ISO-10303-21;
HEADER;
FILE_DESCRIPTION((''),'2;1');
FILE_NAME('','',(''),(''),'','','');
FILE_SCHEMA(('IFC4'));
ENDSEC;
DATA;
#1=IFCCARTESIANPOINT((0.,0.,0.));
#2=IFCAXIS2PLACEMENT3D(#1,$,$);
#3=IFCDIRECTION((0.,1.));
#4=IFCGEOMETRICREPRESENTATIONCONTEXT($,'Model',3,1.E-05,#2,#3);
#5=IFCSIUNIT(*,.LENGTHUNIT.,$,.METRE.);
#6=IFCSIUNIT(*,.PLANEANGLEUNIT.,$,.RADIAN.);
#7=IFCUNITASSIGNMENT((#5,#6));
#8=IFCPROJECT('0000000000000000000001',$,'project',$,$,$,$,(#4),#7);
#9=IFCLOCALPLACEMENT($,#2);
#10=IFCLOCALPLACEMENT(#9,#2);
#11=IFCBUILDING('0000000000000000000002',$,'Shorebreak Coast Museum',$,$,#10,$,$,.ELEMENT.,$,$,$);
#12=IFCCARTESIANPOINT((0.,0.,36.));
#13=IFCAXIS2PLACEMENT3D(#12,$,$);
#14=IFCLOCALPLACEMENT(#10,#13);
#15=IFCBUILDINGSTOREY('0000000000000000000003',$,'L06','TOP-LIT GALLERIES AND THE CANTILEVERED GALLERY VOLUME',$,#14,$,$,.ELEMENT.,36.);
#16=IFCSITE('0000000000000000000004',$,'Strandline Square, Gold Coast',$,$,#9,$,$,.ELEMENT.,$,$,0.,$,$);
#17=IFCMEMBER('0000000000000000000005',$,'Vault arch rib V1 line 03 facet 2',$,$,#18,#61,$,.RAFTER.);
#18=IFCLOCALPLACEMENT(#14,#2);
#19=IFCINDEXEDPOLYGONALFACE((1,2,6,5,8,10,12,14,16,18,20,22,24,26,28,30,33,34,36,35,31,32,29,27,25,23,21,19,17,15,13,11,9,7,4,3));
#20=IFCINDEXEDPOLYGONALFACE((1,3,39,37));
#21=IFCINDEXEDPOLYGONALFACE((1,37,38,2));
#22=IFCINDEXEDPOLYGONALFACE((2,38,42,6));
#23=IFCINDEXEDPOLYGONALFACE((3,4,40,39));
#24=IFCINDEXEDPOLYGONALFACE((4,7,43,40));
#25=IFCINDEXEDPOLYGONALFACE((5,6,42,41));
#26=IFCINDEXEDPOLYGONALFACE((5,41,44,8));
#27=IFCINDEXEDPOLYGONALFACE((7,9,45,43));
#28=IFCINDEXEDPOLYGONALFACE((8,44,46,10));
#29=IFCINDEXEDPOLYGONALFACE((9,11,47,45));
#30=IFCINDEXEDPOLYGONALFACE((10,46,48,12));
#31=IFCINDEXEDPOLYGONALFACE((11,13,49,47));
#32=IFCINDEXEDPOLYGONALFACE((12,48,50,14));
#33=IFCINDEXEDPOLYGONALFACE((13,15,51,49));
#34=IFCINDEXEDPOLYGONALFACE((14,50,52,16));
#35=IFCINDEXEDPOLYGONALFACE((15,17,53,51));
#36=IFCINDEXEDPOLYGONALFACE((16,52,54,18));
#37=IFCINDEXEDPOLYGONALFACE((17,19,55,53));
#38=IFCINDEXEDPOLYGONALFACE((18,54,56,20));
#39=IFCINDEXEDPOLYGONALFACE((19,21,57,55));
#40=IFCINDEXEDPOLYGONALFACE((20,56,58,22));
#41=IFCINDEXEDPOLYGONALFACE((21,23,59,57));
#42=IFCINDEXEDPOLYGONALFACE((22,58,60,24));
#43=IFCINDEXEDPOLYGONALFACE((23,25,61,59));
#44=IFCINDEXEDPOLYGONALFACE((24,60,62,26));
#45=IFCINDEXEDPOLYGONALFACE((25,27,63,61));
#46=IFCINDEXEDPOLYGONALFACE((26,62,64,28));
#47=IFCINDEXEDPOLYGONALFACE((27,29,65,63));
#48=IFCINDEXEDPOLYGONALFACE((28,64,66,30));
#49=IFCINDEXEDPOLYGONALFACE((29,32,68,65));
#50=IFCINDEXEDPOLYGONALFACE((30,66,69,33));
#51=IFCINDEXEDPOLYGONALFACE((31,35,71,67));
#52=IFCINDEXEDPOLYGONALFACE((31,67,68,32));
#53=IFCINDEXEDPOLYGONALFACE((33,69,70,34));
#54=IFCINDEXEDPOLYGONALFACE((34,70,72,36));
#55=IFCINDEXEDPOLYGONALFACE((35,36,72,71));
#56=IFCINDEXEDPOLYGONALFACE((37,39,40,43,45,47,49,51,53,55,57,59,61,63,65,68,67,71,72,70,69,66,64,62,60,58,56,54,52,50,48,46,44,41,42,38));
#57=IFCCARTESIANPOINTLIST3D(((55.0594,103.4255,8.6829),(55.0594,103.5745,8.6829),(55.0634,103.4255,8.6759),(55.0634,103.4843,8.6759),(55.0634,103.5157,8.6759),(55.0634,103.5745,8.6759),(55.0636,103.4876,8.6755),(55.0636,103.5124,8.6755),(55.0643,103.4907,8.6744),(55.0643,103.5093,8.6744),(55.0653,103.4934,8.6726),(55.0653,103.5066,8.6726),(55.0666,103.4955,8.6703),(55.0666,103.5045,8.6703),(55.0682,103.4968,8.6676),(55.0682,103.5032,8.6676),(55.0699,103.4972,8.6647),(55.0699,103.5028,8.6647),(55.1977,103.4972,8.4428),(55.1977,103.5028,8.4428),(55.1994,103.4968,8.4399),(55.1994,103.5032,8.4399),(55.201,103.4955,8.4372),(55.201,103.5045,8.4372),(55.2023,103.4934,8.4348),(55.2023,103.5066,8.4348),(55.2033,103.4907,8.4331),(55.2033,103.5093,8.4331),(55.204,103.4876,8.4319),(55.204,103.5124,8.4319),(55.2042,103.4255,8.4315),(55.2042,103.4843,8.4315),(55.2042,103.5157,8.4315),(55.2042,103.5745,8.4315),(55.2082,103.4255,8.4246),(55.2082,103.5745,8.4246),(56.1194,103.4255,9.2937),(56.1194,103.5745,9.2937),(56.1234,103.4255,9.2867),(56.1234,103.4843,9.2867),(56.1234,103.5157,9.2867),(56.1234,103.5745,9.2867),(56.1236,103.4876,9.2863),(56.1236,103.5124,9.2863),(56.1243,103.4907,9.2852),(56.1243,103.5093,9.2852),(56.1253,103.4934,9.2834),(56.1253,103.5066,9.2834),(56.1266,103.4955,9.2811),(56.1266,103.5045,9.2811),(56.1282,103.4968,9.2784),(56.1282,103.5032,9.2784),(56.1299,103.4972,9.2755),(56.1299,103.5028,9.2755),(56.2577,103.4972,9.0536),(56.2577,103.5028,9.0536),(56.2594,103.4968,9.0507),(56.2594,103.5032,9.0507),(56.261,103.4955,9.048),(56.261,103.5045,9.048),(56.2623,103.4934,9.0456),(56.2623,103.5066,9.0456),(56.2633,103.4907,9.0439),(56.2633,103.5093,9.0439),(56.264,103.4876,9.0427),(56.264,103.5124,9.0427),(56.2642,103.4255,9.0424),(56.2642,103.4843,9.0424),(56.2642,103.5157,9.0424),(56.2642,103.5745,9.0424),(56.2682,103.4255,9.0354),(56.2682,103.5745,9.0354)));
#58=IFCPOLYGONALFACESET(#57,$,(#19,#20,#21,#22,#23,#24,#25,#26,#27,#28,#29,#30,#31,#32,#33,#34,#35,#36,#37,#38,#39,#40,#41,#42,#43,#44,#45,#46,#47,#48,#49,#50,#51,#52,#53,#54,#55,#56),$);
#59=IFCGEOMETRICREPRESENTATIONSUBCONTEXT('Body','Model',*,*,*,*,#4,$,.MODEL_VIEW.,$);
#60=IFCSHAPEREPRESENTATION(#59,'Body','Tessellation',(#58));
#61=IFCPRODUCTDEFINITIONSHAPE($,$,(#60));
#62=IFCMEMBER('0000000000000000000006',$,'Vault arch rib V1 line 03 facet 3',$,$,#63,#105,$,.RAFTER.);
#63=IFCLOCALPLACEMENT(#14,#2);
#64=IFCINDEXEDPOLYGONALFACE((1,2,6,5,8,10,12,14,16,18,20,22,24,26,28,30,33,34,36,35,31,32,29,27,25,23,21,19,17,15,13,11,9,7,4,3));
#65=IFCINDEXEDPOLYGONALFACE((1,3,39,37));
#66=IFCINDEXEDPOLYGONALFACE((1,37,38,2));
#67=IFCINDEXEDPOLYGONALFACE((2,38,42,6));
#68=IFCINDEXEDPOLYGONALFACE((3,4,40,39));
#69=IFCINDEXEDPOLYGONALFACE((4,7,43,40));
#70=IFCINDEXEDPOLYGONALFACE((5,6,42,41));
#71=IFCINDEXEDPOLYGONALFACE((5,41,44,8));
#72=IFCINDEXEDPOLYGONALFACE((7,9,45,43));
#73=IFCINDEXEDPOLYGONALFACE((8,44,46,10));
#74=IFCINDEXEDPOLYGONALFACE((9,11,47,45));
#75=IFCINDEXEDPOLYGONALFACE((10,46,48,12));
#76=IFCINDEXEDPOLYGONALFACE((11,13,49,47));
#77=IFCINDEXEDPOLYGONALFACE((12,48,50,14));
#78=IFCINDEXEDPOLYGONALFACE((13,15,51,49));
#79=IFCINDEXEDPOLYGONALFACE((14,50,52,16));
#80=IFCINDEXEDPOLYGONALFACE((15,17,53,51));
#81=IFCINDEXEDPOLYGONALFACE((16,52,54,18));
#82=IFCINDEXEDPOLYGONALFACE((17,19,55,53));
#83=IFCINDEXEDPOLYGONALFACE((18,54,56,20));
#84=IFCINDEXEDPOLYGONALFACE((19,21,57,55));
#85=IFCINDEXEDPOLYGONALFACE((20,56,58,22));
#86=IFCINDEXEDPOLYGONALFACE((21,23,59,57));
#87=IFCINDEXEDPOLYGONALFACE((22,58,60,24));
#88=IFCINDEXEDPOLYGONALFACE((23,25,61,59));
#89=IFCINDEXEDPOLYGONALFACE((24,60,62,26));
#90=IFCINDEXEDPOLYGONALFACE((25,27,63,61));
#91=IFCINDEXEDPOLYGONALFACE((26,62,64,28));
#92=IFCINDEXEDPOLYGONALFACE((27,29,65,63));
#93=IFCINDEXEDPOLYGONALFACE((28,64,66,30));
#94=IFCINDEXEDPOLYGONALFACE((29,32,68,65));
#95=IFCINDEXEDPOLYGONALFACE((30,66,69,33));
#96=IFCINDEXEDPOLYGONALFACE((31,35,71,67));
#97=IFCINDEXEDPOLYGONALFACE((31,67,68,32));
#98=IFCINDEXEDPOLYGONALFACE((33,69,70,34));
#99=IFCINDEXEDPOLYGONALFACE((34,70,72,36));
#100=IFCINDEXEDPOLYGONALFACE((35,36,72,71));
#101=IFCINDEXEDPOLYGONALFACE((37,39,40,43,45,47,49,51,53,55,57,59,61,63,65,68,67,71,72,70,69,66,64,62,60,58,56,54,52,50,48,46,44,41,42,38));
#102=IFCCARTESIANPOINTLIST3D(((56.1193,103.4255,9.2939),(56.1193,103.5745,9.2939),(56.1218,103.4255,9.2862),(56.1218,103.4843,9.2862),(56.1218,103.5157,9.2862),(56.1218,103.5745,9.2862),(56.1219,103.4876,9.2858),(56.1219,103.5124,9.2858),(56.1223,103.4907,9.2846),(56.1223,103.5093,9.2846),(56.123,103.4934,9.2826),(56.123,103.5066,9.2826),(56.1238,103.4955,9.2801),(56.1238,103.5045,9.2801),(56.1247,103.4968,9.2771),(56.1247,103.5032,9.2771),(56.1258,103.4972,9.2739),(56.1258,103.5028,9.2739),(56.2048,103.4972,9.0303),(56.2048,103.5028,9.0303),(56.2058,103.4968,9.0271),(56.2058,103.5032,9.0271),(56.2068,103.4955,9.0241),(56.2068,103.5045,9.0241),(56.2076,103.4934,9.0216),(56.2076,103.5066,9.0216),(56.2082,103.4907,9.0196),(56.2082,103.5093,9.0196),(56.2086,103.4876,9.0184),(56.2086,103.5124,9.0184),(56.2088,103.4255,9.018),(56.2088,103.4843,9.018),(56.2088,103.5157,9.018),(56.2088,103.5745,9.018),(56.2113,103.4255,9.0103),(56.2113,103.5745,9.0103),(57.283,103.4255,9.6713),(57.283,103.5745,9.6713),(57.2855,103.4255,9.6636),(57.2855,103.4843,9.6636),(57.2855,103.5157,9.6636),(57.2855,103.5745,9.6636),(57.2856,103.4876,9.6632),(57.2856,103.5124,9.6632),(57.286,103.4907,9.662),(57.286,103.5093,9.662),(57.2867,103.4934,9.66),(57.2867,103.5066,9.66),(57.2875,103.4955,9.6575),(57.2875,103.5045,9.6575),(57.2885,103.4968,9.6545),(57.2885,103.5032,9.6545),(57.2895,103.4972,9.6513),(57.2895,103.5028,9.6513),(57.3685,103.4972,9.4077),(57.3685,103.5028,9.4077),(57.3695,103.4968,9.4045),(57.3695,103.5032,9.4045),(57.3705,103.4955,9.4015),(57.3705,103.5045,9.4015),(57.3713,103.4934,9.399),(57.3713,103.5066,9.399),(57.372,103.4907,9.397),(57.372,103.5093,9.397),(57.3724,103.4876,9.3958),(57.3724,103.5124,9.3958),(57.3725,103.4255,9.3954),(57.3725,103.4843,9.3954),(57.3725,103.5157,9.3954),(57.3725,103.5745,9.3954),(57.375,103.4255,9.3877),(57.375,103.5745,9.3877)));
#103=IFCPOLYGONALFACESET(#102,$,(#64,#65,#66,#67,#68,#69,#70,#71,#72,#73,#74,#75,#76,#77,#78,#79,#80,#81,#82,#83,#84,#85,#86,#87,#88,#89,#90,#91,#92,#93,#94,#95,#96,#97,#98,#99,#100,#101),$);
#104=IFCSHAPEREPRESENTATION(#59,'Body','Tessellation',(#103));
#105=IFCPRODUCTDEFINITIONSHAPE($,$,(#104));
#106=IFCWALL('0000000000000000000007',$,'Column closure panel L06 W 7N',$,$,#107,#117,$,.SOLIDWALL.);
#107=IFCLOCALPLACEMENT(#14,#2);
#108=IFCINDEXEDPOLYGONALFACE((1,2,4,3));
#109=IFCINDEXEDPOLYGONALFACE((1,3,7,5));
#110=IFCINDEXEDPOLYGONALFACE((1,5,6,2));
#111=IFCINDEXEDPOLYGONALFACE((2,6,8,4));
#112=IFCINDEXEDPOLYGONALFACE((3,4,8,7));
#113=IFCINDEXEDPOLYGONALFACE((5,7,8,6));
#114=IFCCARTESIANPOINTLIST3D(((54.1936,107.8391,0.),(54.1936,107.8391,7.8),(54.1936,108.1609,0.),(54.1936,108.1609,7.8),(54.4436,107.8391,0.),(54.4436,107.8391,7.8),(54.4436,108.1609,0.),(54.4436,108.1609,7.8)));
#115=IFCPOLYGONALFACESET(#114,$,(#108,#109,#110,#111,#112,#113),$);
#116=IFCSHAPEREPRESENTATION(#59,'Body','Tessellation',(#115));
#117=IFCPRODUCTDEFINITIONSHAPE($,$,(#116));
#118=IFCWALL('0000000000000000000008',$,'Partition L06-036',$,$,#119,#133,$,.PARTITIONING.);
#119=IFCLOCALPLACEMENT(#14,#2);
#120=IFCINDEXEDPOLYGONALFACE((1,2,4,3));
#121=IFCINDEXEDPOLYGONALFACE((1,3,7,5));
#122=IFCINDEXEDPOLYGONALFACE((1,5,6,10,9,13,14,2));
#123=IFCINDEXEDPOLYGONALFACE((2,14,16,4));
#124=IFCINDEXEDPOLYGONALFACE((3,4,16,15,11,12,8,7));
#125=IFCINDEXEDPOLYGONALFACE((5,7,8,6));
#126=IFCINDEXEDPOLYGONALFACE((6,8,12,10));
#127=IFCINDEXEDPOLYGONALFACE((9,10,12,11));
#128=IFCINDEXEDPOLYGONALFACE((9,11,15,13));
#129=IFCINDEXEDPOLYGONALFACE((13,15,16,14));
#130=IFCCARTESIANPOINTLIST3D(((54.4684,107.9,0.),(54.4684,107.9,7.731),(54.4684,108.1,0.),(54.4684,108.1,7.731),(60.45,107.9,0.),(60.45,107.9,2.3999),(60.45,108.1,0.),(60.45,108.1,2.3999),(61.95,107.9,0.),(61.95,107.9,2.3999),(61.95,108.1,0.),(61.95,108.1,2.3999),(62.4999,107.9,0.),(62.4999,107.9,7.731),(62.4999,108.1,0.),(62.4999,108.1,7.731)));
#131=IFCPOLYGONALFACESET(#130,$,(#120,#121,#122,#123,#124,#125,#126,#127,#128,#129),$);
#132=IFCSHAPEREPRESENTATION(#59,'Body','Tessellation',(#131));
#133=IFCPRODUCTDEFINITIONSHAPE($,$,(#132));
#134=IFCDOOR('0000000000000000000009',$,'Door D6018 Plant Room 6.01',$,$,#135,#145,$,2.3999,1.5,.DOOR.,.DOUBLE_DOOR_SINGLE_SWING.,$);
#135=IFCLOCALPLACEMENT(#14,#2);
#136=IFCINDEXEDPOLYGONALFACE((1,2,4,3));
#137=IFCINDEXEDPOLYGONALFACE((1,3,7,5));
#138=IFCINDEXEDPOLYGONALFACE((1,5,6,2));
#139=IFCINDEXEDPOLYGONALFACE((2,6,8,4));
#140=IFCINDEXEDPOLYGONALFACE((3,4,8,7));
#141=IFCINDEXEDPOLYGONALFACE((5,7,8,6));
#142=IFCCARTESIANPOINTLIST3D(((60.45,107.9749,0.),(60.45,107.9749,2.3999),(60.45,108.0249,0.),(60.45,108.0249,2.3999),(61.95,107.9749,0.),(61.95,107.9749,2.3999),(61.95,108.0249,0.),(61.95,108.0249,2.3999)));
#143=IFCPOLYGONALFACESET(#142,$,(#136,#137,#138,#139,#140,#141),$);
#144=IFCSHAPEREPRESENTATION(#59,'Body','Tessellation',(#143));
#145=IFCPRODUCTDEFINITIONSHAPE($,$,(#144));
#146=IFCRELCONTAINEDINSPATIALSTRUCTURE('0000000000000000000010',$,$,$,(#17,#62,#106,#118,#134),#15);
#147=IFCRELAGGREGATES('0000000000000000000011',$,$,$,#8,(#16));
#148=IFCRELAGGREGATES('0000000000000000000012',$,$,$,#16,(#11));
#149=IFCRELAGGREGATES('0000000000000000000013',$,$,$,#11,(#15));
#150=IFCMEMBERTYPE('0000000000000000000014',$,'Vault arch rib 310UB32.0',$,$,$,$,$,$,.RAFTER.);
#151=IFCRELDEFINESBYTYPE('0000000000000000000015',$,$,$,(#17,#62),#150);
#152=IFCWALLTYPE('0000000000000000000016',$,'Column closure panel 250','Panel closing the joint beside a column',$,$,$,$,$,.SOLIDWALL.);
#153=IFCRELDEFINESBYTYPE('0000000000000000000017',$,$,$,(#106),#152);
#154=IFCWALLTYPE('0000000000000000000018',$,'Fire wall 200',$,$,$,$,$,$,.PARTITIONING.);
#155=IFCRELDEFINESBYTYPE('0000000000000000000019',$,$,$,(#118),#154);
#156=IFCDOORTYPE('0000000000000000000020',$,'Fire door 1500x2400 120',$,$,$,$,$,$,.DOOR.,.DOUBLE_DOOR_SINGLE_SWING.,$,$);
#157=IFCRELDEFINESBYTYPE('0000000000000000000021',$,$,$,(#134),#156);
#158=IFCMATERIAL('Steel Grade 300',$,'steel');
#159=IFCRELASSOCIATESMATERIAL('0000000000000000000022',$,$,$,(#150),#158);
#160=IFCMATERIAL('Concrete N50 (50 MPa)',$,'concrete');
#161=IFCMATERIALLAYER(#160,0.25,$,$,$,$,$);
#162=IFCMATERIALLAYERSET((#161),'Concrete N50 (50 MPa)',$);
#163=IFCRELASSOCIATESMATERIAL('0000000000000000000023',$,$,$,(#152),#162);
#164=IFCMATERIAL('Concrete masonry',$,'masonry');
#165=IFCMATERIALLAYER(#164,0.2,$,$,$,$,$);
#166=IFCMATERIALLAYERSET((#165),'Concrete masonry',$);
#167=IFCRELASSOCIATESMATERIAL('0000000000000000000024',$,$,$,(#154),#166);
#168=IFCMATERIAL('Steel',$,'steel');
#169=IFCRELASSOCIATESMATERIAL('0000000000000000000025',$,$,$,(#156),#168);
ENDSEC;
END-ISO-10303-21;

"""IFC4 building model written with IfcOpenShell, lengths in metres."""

from ifc_helpers import new_model, si_unit, direction, frame, frame_2d, origin, origin_2d, place, context, subcontext, project, spatial, rectangle, i_section, extrude, material, layer, layer_set, material_profile, profile_set, type_object, element, fill, save


model = new_model("IFC4")

# Units and contexts
model_context = context("Model", 3, precision=1e-05, world=origin(), true_north=direction((0.0, 1.0)))
body_context = subcontext(model_context, "Body", "Model", "MODEL_VIEW")
ifc_project = project(units=[si_unit("LENGTHUNIT", "METRE"), si_unit("PLANEANGLEUNIT", "RADIAN")], contexts=[model_context])

# Site, building, storey
site_placement = place(None, origin())
site = spatial("IfcSite", under=ifc_project, at=site_placement, Name="Strandline Square, Gold Coast", CompositionType="ELEMENT", RefElevation=0.0)
building_placement = place(site_placement, origin())
building = spatial("IfcBuilding", under=site, at=building_placement, Name="Shorebreak Coast Museum", CompositionType="ELEMENT")
storey_placement = place(building_placement, frame((0.0, 0.0, 36.0)))
storey = spatial("IfcBuildingStorey", under=building, at=storey_placement, Name="L06", Description="TOP-LIT GALLERIES AND THE CANTILEVERED GALLERY VOLUME", CompositionType="ELEMENT", Elevation=36.0)

# Members
ifc_material_1 = material(Name="Steel Grade 300", Category="steel")
ifc_material_profile_1 = material_profile(ifc_material_1, i_section(OverallWidth=0.1489, OverallDepth=0.2981, WebThickness=0.0056, FlangeThickness=0.0081, FilletRadius=0.0129, at=origin_2d()), Name="310UB32.0")
ifc_profile_set_1 = profile_set([ifc_material_profile_1], Name="Steel Grade 300")
member_type_1 = type_object("IfcMemberType", Name="Vault arch rib 310UB32.0", PredefinedType="RAFTER", material=ifc_profile_set_1)
for number, where, z_axis, x_axis, name in (
    (1, (55.1338, 103.5, 8.5537), (0.866445, 0.0, 0.499273), (0.0, 1.0, 0.0), "Vault arch rib V1 line 03 facet 2"),
    (2, (56.1653, 103.5, 9.1521), (0.951226, 0.0, 0.308495), (0.0, 1.0, 0.0), "Vault arch rib V1 line 03 facet 3"),
):
    element("IfcMember", number, at=place(storey_placement, frame(where, z_axis=z_axis, x_axis=x_axis)), inside=storey, type_object=member_type_1, Name=name, PredefinedType="RAFTER", context=body_context, shape_type="SweptSolid", body=[
        extrude(i_section(OverallWidth=0.1489, OverallDepth=0.2981, WebThickness=0.0056, FlangeThickness=0.0081, FilletRadius=0.0129, at=origin_2d()), origin(), (0.0, 0.0, 1.0), 1.2234),
    ])

# Wall
ifc_material_2 = material(Name="Concrete N50 (50 MPa)", Category="concrete")
ifc_layer_1 = layer(ifc_material_2, 0.25)
ifc_layer_set_1 = layer_set([ifc_layer_1], Name="Concrete N50 (50 MPa)")
wall_type_1 = type_object("IfcWallType", Name="Column closure panel 250", Description="Panel closing the joint beside a column", PredefinedType="SOLIDWALL", material=ifc_layer_set_1)
wall_1_placement = place(storey_placement, frame((54.3186, 107.8391, 0.0), z_axis=(0.0, 0.0, 1.0), x_axis=(0.0, 1.0, 0.0)))
element("IfcWall", 3, at=wall_1_placement, inside=storey, type_object=wall_type_1, Name="Column closure panel L06 W 7N", PredefinedType="SOLIDWALL", context=body_context, shape_type="SweptSolid", body=[
    extrude(rectangle(XDim=0.3218, YDim=0.25, at=frame_2d((0.1609, 0.0))), origin(), (0.0, 0.0, 1.0), 7.8),
])

# Wall, opening, door
ifc_material_3 = material(Name="Concrete masonry", Category="masonry")
ifc_layer_2 = layer(ifc_material_3, 0.2)
ifc_layer_set_2 = layer_set([ifc_layer_2], Name="Concrete masonry")
wall_type_2 = type_object("IfcWallType", Name="Fire wall 200", PredefinedType="PARTITIONING", material=ifc_layer_set_2)
wall_2_placement = place(storey_placement, frame((54.4685, 108.0, 0.0), z_axis=(0.0, 0.0, 1.0), x_axis=(1.0, 0.0, 0.0)))
wall_2 = element("IfcWall", 4, at=wall_2_placement, inside=storey, type_object=wall_type_2, Name="Partition L06-036", PredefinedType="PARTITIONING", context=body_context, shape_type="SweptSolid", body=[
    extrude(rectangle(XDim=8.0315, YDim=0.2, at=frame_2d((4.0156, 0.0))), origin(), (0.0, 0.0, 1.0), 7.731),
])
opening_1_placement = place(wall_2_placement, frame((5.9814, 0.0, 0.0)))
opening_1 = element("IfcOpeningElement", 5, at=opening_1_placement, cuts=wall_2, PredefinedType="OPENING", context=body_context, shape_type="SweptSolid", body=[
    extrude(rectangle(XDim=1.5, YDim=2.3999, at=frame_2d((0.75, 1.2))), frame((0.0, 0.1099, 0.0), z_axis=(0.0, -1.0, 0.0), x_axis=(1.0, 0.0, 0.0)), (0.0, 0.0, 1.0), 0.22),
])
ifc_material_4 = material(Name="Steel", Category="steel")
door_type_1 = type_object("IfcDoorType", Name="Fire door 1500x2400 120", OperationType="DOUBLE_DOOR_SINGLE_SWING", PredefinedType="DOOR", material=ifc_material_4)
door_1_placement = place(opening_1_placement, origin())
door_1 = element("IfcDoor", 6, at=door_1_placement, inside=storey, type_object=door_type_1, Name="Door D6018 Plant Room 6.01", OperationType="DOUBLE_DOOR_SINGLE_SWING", OverallHeight=2.3999, OverallWidth=1.5, PredefinedType="DOOR", context=body_context, shape_type="SweptSolid", body=[
    extrude(rectangle(XDim=1.5, YDim=2.3999, at=frame_2d((0.75, 1.2))), frame((0.0, 0.0249, 0.0), z_axis=(0.0, -1.0, 0.0), x_axis=(1.0, 0.0, 0.0)), (0.0, 0.0, 1.0), 0.05),
])
fill(opening_1, door_1)

save(model, "model.ifc")
